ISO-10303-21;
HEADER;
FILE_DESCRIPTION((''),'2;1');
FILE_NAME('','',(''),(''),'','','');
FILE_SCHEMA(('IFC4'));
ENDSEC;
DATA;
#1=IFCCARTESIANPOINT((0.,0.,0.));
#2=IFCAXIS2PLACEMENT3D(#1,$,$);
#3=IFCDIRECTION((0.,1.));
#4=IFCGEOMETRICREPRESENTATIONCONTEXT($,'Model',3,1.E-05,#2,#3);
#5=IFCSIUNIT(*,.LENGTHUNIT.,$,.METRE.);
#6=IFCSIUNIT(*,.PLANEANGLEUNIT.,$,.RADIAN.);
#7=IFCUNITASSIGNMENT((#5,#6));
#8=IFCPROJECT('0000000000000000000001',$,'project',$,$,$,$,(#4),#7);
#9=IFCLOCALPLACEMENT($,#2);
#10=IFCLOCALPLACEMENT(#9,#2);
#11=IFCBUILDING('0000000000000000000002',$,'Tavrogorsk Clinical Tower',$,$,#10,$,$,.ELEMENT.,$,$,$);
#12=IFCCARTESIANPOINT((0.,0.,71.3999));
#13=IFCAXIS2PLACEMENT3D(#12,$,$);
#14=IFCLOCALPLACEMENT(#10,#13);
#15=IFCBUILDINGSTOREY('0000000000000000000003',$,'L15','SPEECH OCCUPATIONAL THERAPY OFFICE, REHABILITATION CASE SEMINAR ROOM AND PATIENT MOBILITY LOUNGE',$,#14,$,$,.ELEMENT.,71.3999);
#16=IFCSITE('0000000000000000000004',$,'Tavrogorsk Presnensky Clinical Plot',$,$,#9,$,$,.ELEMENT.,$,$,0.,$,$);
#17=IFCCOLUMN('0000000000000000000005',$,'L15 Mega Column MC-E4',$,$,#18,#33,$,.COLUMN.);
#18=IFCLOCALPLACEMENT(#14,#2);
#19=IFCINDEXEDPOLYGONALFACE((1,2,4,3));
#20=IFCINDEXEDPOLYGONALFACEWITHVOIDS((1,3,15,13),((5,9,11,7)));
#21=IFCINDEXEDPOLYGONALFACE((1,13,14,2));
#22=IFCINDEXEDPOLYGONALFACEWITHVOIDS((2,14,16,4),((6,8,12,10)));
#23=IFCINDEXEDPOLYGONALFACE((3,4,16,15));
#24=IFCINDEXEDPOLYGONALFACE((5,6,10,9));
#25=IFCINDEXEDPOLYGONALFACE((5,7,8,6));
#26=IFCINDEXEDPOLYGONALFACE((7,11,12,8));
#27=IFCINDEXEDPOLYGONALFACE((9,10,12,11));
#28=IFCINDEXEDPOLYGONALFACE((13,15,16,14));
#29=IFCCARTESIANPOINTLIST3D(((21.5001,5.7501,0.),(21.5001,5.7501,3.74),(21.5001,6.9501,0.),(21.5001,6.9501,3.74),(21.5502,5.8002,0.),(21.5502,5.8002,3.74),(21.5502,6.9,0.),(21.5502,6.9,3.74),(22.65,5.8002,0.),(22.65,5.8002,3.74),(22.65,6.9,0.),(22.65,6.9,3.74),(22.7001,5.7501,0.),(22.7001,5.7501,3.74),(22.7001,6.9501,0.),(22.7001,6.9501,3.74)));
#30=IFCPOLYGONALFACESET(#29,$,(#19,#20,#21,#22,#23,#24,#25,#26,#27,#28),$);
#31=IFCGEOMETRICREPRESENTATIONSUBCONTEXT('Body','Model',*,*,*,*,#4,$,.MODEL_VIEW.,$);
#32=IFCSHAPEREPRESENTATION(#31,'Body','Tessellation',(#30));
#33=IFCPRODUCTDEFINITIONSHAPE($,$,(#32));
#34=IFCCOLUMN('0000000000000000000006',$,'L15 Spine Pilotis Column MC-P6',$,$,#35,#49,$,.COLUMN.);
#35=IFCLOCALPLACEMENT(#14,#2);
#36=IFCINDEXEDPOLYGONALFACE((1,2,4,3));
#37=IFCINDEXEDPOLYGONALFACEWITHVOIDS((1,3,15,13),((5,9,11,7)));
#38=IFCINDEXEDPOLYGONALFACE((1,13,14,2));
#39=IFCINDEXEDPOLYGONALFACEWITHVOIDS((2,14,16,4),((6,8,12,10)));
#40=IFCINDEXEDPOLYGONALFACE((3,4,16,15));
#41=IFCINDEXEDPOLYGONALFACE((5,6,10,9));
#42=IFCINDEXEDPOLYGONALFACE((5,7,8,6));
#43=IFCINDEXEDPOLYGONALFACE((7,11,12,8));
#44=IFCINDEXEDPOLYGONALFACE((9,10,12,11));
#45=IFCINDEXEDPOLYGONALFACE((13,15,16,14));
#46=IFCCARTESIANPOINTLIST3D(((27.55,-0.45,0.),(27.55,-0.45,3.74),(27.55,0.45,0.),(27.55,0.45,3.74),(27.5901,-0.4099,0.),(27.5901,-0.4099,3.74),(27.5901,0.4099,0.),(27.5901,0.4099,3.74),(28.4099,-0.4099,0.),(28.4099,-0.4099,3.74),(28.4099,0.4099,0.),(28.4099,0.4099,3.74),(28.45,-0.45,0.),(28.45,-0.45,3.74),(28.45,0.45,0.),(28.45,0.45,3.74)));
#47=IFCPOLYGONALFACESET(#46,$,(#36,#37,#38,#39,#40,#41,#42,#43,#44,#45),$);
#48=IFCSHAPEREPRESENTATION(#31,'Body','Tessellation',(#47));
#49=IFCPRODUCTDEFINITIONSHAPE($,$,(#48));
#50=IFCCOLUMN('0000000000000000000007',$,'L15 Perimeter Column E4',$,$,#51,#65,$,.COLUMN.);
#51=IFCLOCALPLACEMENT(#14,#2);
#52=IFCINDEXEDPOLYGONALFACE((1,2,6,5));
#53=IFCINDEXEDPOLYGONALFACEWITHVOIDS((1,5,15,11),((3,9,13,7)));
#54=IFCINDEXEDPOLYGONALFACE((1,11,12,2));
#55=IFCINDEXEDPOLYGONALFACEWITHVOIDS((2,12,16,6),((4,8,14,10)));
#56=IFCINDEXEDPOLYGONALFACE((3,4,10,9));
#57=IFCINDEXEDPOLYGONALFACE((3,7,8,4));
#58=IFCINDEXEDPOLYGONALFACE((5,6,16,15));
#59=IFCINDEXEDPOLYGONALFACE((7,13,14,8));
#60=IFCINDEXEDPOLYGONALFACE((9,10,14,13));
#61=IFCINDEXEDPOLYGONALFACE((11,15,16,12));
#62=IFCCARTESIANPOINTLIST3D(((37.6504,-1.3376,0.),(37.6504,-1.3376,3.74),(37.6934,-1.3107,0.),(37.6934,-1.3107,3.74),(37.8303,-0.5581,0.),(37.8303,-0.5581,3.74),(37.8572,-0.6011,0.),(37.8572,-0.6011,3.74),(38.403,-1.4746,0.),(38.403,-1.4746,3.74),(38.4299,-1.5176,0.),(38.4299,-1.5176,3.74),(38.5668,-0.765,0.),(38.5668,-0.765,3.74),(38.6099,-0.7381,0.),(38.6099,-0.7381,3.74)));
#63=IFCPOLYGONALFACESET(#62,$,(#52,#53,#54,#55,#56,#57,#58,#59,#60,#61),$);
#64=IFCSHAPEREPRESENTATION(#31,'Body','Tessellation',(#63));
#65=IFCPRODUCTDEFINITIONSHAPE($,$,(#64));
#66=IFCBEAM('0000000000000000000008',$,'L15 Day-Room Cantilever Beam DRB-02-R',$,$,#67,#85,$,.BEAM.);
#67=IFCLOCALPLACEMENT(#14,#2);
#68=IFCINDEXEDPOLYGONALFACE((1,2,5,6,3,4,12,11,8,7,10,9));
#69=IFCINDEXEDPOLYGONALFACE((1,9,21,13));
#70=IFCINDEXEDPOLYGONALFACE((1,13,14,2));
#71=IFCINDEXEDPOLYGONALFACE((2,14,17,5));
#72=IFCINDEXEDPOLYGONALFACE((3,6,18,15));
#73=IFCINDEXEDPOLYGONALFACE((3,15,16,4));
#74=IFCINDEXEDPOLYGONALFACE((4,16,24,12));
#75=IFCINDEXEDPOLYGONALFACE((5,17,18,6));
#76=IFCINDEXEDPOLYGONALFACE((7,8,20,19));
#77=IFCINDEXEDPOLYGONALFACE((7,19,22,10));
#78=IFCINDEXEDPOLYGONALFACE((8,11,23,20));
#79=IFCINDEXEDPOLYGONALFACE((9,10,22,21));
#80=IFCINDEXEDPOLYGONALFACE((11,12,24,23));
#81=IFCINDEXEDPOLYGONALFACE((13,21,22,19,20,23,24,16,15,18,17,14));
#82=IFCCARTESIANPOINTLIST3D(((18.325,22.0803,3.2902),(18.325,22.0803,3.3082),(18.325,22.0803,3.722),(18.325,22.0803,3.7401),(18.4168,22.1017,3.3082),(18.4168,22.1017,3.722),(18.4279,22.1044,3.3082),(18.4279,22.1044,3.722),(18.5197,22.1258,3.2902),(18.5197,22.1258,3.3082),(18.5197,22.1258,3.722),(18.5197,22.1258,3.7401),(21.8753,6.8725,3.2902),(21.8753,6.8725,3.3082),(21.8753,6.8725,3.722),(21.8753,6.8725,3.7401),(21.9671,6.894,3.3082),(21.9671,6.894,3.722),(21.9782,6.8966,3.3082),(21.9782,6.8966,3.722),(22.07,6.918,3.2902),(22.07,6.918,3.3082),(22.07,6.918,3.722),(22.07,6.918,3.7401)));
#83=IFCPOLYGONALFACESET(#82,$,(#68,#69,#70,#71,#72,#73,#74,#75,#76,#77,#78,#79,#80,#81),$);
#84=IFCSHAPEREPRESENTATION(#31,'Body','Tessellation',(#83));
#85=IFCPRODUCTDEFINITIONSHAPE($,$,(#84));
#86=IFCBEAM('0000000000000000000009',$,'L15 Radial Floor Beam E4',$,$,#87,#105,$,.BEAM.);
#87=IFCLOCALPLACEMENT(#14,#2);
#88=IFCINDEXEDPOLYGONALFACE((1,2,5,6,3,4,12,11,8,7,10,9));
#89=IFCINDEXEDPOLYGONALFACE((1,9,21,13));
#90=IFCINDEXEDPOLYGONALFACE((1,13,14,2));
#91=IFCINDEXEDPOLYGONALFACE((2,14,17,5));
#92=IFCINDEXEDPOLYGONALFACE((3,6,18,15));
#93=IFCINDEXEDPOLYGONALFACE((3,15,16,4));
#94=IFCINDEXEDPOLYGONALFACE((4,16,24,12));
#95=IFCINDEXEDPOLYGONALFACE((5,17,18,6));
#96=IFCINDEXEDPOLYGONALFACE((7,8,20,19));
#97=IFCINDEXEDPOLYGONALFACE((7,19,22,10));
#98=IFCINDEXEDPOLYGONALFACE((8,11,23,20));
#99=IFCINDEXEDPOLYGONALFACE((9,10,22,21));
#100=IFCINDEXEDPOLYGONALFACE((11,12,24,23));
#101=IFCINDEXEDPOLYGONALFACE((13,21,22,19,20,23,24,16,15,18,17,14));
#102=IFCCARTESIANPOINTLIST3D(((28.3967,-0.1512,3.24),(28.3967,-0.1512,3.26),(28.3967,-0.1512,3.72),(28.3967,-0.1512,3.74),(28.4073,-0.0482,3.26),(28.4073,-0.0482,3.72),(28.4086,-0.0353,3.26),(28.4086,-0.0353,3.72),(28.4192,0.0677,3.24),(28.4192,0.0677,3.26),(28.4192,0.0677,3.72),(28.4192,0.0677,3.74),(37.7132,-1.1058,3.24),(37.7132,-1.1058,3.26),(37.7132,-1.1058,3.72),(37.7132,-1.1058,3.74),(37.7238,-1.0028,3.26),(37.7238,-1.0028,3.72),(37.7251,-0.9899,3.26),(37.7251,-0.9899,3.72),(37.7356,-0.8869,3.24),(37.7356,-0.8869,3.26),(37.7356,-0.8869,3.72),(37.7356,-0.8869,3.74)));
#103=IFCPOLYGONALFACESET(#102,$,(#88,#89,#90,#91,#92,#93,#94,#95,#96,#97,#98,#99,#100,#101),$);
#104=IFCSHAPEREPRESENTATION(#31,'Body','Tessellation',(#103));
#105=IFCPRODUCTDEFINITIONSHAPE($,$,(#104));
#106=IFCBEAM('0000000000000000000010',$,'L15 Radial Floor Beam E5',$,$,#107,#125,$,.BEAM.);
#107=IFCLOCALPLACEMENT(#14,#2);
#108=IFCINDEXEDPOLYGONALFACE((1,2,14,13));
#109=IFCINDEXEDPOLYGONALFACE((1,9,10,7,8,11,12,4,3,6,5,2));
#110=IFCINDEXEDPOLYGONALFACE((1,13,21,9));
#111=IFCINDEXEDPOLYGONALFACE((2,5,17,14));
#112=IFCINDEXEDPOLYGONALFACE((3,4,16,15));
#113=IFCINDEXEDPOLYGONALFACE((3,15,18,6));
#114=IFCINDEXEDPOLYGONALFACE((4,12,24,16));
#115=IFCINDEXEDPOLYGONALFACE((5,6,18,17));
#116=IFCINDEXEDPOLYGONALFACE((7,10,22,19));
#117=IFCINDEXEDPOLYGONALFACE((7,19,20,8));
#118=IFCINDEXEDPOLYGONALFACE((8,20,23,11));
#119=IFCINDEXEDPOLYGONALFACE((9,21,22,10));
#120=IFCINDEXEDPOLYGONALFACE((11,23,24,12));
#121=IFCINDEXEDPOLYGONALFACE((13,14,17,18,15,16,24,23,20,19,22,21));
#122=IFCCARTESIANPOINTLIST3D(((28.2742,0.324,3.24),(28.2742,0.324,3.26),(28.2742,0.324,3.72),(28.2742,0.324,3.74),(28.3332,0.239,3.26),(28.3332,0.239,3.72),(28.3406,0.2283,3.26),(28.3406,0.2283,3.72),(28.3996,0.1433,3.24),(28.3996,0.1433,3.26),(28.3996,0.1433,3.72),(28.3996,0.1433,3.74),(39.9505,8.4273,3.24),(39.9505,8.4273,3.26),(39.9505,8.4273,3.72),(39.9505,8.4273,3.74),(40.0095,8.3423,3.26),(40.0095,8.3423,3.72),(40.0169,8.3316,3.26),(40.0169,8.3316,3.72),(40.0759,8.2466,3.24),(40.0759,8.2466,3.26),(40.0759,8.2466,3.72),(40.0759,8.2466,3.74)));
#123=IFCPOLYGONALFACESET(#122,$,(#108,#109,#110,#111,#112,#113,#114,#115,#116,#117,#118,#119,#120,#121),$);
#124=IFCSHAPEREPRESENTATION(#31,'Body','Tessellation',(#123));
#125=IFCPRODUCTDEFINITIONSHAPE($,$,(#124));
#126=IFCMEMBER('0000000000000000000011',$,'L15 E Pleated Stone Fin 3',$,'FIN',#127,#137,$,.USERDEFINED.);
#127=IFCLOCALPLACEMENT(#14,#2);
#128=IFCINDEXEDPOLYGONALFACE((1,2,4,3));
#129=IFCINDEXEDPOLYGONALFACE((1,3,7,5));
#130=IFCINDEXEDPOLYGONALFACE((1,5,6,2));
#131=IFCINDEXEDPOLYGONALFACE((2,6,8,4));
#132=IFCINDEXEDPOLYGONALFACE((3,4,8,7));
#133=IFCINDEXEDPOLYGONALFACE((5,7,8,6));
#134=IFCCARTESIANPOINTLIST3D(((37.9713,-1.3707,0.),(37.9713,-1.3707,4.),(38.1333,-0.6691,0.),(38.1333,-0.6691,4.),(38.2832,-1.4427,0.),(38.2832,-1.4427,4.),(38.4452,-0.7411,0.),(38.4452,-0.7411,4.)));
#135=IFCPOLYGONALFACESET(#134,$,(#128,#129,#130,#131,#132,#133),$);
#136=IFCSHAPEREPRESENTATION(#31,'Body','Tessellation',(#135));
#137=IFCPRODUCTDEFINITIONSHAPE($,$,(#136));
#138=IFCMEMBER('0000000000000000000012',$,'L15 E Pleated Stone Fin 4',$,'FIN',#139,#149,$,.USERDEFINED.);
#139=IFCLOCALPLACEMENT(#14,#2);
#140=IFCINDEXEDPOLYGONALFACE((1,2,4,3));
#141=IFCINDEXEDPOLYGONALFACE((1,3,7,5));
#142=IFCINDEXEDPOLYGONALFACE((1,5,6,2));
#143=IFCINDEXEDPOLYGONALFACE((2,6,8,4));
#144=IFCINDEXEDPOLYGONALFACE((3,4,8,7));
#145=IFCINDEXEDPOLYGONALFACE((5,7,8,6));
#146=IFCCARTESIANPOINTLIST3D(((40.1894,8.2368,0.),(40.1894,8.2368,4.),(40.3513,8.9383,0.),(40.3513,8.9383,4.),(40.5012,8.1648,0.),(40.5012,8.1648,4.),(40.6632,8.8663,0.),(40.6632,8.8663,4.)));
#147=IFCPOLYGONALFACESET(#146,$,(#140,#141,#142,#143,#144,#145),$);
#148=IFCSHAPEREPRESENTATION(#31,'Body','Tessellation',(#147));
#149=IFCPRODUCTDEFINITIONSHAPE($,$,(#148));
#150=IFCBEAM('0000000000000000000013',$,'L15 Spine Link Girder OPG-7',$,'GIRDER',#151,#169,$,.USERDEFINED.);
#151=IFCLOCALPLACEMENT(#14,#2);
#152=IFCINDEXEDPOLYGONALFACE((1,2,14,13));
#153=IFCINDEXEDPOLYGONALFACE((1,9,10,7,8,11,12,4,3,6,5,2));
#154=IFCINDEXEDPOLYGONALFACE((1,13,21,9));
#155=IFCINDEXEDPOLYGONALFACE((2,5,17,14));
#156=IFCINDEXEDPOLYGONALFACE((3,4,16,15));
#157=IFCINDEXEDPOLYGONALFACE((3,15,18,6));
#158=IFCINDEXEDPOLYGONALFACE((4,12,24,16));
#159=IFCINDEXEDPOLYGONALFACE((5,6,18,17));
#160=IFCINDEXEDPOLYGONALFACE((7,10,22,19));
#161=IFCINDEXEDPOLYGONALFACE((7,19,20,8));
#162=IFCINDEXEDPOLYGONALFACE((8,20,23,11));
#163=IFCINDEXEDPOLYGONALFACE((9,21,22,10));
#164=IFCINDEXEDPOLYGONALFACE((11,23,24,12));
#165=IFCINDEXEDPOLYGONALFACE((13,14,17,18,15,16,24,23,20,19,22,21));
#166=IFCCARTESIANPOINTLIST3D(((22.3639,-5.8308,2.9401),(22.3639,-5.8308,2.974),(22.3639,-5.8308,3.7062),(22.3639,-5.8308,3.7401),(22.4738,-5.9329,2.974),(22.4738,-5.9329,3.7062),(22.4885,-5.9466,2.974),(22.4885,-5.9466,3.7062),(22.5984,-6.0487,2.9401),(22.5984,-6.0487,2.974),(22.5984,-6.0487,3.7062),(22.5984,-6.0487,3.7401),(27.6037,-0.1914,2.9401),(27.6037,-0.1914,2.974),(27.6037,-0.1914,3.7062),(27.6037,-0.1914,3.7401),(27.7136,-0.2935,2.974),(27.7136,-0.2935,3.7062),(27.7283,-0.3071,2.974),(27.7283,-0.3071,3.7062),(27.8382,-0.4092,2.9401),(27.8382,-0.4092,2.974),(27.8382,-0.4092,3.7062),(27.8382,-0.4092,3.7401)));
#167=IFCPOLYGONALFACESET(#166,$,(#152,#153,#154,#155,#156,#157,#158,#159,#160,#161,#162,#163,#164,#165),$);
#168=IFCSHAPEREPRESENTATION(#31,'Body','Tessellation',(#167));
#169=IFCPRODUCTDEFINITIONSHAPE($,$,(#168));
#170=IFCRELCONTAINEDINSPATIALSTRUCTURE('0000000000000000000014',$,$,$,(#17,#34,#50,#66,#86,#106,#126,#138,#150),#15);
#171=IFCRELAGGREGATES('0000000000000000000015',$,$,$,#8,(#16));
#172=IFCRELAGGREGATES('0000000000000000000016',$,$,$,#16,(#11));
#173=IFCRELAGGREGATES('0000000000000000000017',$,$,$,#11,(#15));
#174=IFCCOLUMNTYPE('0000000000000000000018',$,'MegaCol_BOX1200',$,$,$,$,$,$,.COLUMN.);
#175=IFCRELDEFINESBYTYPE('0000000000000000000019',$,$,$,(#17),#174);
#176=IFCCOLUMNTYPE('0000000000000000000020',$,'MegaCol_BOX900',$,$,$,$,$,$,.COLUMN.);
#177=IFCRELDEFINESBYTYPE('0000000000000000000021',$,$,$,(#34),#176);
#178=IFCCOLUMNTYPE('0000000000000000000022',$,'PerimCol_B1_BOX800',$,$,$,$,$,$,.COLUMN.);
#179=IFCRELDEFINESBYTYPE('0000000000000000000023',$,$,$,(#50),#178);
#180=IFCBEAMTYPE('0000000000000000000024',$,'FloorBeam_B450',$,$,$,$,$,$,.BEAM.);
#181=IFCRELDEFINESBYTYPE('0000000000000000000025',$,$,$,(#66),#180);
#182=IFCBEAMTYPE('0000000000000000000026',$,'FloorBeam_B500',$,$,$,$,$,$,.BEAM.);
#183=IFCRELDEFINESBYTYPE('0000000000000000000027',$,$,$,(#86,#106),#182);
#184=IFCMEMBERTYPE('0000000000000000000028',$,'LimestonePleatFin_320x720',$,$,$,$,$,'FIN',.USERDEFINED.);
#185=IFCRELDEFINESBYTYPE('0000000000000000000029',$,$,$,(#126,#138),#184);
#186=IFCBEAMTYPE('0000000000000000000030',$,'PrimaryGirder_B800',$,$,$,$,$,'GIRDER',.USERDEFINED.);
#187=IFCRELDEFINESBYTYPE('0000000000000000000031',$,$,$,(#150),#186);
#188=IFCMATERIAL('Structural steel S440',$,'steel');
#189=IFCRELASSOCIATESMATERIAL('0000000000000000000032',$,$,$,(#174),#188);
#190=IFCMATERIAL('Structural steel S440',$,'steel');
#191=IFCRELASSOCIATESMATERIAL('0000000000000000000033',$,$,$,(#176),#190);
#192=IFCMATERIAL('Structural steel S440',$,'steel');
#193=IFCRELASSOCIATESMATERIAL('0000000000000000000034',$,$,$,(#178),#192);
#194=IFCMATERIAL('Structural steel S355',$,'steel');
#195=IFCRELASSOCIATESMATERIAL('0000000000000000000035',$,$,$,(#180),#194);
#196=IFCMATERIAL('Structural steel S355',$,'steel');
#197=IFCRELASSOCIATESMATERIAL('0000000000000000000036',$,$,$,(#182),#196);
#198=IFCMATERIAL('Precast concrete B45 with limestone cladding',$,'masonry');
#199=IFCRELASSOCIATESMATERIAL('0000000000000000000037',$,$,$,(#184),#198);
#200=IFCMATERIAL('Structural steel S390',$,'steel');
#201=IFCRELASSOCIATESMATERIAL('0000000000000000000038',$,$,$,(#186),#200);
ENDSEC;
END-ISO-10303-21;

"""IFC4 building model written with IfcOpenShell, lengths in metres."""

from ifc_helpers import new_model, si_unit, direction, frame, origin, origin_2d, place, context, subcontext, project, spatial, rectangle, hollow_rectangle, i_section, extrude, material, material_profile, profile_set, type_object, element, save


model = new_model("IFC4")

# Units and contexts
model_context = context("Model", 3, precision=1e-05, world=origin(), true_north=direction((0.0, 1.0)))
body_context = subcontext(model_context, "Body", "Model", "MODEL_VIEW")
ifc_project = project(units=[si_unit("LENGTHUNIT", "METRE"), si_unit("PLANEANGLEUNIT", "RADIAN")], contexts=[model_context])

# Site, building, storey
site_placement = place(None, origin())
site = spatial("IfcSite", under=ifc_project, at=site_placement, Name="Tavrogorsk Presnensky Clinical Plot", CompositionType="ELEMENT", RefElevation=0.0)
building_placement = place(site_placement, origin())
building = spatial("IfcBuilding", under=site, at=building_placement, Name="Tavrogorsk Clinical Tower", CompositionType="ELEMENT")
storey_placement = place(building_placement, frame((0.0, 0.0, 71.3999)))
storey = spatial("IfcBuildingStorey", under=building, at=storey_placement, Name="L15", Description="SPEECH OCCUPATIONAL THERAPY OFFICE, REHABILITATION CASE SEMINAR ROOM AND PATIENT MOBILITY LOUNGE", CompositionType="ELEMENT", Elevation=71.3999)

# Columns
ifc_material_1 = material(Name="Structural steel S440", Category="steel")
ifc_material_profile_1 = material_profile(ifc_material_1, hollow_rectangle(XDim=1.2, YDim=1.2, WallThickness=0.05, at=origin_2d()), Name="BOX-1200x1200x50")
ifc_profile_set_1 = profile_set([ifc_material_profile_1], Name="Structural steel S440")
column_type_1 = type_object("IfcColumnType", Name="MegaCol_BOX1200", PredefinedType="COLUMN", material=ifc_profile_set_1)
column_1_placement = place(storey_placement, frame((22.1001, 6.3501, 0.0), z_axis=(0.0, 0.0, 1.0), x_axis=(1.0, 0.0, 0.0)))
element("IfcColumn", 1, at=column_1_placement, inside=storey, type_object=column_type_1, Name="L15 Mega Column MC-E4", PredefinedType="COLUMN", context=body_context, shape_type="SweptSolid", body=[
    extrude(hollow_rectangle(XDim=1.2, YDim=1.2, WallThickness=0.05, at=origin_2d()), origin(), (0.0, 0.0, 1.0), 3.74),
])
ifc_material_2 = material(Name="Structural steel S440", Category="steel")
ifc_material_profile_2 = material_profile(ifc_material_2, hollow_rectangle(XDim=0.8999, YDim=0.8999, WallThickness=0.04, at=origin_2d()), Name="BOX-900x900x40")
ifc_profile_set_2 = profile_set([ifc_material_profile_2], Name="Structural steel S440")
column_type_2 = type_object("IfcColumnType", Name="MegaCol_BOX900", PredefinedType="COLUMN", material=ifc_profile_set_2)
column_2_placement = place(storey_placement, frame((28.0, 0.0, 0.0), z_axis=(0.0, 0.0, 1.0), x_axis=(1.0, 0.0, 0.0)))
element("IfcColumn", 2, at=column_2_placement, inside=storey, type_object=column_type_2, Name="L15 Spine Pilotis Column MC-P6", PredefinedType="COLUMN", context=body_context, shape_type="SweptSolid", body=[
    extrude(hollow_rectangle(XDim=0.8999, YDim=0.8999, WallThickness=0.04, at=origin_2d()), origin(), (0.0, 0.0, 1.0), 3.74),
])
ifc_material_3 = material(Name="Structural steel S440", Category="steel")
ifc_material_profile_3 = material_profile(ifc_material_3, hollow_rectangle(XDim=0.8, YDim=0.8, WallThickness=0.0359, at=origin_2d()), Name="BOX-800x800x36")
ifc_profile_set_3 = profile_set([ifc_material_profile_3], Name="Structural steel S440")
column_type_3 = type_object("IfcColumnType", Name="PerimCol_B1_BOX800", PredefinedType="COLUMN", material=ifc_profile_set_3)
column_3_placement = place(storey_placement, frame((38.1301, -1.0378, 0.0), z_axis=(0.0, 0.0, 1.0), x_axis=(0.97437, -0.224951, 0.0)))
element("IfcColumn", 3, at=column_3_placement, inside=storey, type_object=column_type_3, Name="L15 Perimeter Column E4", PredefinedType="COLUMN", context=body_context, shape_type="SweptSolid", body=[
    extrude(hollow_rectangle(XDim=0.8, YDim=0.8, WallThickness=0.0359, at=origin_2d()), origin(), (0.0, 0.0, 1.0), 3.74),
])

# Beams
ifc_material_4 = material(Name="Structural steel S355", Category="steel")
ifc_material_profile_4 = material_profile(ifc_material_4, i_section(OverallWidth=0.2, OverallDepth=0.45, WebThickness=0.0115, FlangeThickness=0.0181, at=origin_2d()), Name="B-450x200x11.5x18")
ifc_profile_set_4 = profile_set([ifc_material_profile_4], Name="Structural steel S355")
beam_type_1 = type_object("IfcBeamType", Name="FloorBeam_B450", PredefinedType="BEAM", material=ifc_profile_set_4)
beam_1_placement = place(storey_placement, frame((21.9727, 6.8953, 3.5151), z_axis=(-0.22734, 0.973815, 0.0), x_axis=(-0.973815, -0.22734, 0.0)))
element("IfcBeam", 4, at=beam_1_placement, inside=storey, type_object=beam_type_1, Name="L15 Day-Room Cantilever Beam DRB-02-R", PredefinedType="BEAM", context=body_context, shape_type="SweptSolid", body=[
    extrude(i_section(OverallWidth=0.2, OverallDepth=0.45, WebThickness=0.0115, FlangeThickness=0.0181, at=origin_2d()), origin(), (0.0, 0.0, 1.0), 15.6167),
])
ifc_material_5 = material(Name="Structural steel S355", Category="steel")
ifc_material_profile_5 = material_profile(ifc_material_5, i_section(OverallWidth=0.22, OverallDepth=0.5, WebThickness=0.0129, FlangeThickness=0.02, at=origin_2d()), Name="B-500x220x13x20")
ifc_profile_set_5 = profile_set([ifc_material_profile_5], Name="Structural steel S355")
beam_type_2 = type_object("IfcBeamType", Name="FloorBeam_B500", PredefinedType="BEAM", material=ifc_profile_set_5)
beam_2_placement = place(storey_placement, frame((28.408, -0.0417, 3.49), z_axis=(0.994792, -0.10193, 0.0), x_axis=(0.10193, 0.994792, 0.0)))
element("IfcBeam", 5, at=beam_2_placement, inside=storey, type_object=beam_type_2, Name="L15 Radial Floor Beam E4", PredefinedType="BEAM", context=body_context, shape_type="SweptSolid", body=[
    extrude(i_section(OverallWidth=0.22, OverallDepth=0.5, WebThickness=0.0129, FlangeThickness=0.02, at=origin_2d()), origin(), (0.0, 0.0, 1.0), 9.3652),
])
beam_3_placement = place(storey_placement, frame((28.3369, 0.2336, 3.49), z_axis=(0.821543, 0.570147, 0.0), x_axis=(-0.570147, 0.821543, 0.0)))
element("IfcBeam", 6, at=beam_3_placement, inside=storey, type_object=beam_type_2, Name="L15 Radial Floor Beam E5", PredefinedType="BEAM", context=body_context, shape_type="SweptSolid", body=[
    extrude(i_section(OverallWidth=0.22, OverallDepth=0.5, WebThickness=0.0129, FlangeThickness=0.02, at=origin_2d()), origin(), (0.0, 0.0, 1.0), 14.2126),
])

# Members
ifc_material_6 = material(Name="Precast concrete B45 with limestone cladding", Category="masonry")
ifc_material_profile_6 = material_profile(ifc_material_6, rectangle(XDim=0.3201, YDim=0.72, at=origin_2d()), Name="LIMESTONE-FIN-320x720")
ifc_profile_set_6 = profile_set([ifc_material_profile_6], Name="Precast concrete B45 with limestone cladding")
member_type = type_object("IfcMemberType", Name="LimestonePleatFin_320x720", ElementType="FIN", PredefinedType="USERDEFINED", material=ifc_profile_set_6)
for number, where, z_axis, x_axis, name in (
    (7, (38.2083, -1.0559, 0.0), (0.0, 0.0, 1.0), (0.97437, -0.224951, 0.0), "L15 E Pleated Stone Fin 3"),
    (8, (40.4263, 8.5515, 0.0), (0.0, 0.0, 1.0), (0.97437, -0.224951, 0.0), "L15 E Pleated Stone Fin 4"),
):
    element("IfcMember", number, at=place(storey_placement, frame(where, z_axis=z_axis, x_axis=x_axis)), inside=storey, type_object=member_type, Name=name, ObjectType="FIN", PredefinedType="USERDEFINED", context=body_context, shape_type="SweptSolid", body=[
        extrude(rectangle(XDim=0.3201, YDim=0.72, at=origin_2d()), origin(), (0.0, 0.0, 1.0), 4.0),
    ])

# Beam
ifc_material_7 = material(Name="Structural steel S390", Category="steel")
ifc_material_profile_7 = material_profile(ifc_material_7, i_section(OverallWidth=0.3201, OverallDepth=0.8, WebThickness=0.02, FlangeThickness=0.0339, at=origin_2d()), Name="B-800x320x20x34")
ifc_profile_set_7 = profile_set([ifc_material_profile_7], Name="Structural steel S390")
beam_type_3 = type_object("IfcBeamType", Name="PrimaryGirder_B800", ElementType="GIRDER", PredefinedType="USERDEFINED", material=ifc_profile_set_7)
for number, where, z_axis, x_axis, name in (
    (9, (27.7209, -0.3003, 3.3401), (-0.680671, -0.732589, 0.0), (0.732589, -0.680671, 0.0), "L15 Spine Link Girder OPG-7"),
):
    element("IfcBeam", number, at=place(storey_placement, frame(where, z_axis=z_axis, x_axis=x_axis)), inside=storey, type_object=beam_type_3, Name=name, ObjectType="GIRDER", PredefinedType="USERDEFINED", context=body_context, shape_type="SweptSolid", body=[
        extrude(i_section(OverallWidth=0.3201, OverallDepth=0.8, WebThickness=0.02, FlangeThickness=0.0339, at=origin_2d()), origin(), (0.0, 0.0, 1.0), 7.698),
    ])

save(model, "model.ifc")
